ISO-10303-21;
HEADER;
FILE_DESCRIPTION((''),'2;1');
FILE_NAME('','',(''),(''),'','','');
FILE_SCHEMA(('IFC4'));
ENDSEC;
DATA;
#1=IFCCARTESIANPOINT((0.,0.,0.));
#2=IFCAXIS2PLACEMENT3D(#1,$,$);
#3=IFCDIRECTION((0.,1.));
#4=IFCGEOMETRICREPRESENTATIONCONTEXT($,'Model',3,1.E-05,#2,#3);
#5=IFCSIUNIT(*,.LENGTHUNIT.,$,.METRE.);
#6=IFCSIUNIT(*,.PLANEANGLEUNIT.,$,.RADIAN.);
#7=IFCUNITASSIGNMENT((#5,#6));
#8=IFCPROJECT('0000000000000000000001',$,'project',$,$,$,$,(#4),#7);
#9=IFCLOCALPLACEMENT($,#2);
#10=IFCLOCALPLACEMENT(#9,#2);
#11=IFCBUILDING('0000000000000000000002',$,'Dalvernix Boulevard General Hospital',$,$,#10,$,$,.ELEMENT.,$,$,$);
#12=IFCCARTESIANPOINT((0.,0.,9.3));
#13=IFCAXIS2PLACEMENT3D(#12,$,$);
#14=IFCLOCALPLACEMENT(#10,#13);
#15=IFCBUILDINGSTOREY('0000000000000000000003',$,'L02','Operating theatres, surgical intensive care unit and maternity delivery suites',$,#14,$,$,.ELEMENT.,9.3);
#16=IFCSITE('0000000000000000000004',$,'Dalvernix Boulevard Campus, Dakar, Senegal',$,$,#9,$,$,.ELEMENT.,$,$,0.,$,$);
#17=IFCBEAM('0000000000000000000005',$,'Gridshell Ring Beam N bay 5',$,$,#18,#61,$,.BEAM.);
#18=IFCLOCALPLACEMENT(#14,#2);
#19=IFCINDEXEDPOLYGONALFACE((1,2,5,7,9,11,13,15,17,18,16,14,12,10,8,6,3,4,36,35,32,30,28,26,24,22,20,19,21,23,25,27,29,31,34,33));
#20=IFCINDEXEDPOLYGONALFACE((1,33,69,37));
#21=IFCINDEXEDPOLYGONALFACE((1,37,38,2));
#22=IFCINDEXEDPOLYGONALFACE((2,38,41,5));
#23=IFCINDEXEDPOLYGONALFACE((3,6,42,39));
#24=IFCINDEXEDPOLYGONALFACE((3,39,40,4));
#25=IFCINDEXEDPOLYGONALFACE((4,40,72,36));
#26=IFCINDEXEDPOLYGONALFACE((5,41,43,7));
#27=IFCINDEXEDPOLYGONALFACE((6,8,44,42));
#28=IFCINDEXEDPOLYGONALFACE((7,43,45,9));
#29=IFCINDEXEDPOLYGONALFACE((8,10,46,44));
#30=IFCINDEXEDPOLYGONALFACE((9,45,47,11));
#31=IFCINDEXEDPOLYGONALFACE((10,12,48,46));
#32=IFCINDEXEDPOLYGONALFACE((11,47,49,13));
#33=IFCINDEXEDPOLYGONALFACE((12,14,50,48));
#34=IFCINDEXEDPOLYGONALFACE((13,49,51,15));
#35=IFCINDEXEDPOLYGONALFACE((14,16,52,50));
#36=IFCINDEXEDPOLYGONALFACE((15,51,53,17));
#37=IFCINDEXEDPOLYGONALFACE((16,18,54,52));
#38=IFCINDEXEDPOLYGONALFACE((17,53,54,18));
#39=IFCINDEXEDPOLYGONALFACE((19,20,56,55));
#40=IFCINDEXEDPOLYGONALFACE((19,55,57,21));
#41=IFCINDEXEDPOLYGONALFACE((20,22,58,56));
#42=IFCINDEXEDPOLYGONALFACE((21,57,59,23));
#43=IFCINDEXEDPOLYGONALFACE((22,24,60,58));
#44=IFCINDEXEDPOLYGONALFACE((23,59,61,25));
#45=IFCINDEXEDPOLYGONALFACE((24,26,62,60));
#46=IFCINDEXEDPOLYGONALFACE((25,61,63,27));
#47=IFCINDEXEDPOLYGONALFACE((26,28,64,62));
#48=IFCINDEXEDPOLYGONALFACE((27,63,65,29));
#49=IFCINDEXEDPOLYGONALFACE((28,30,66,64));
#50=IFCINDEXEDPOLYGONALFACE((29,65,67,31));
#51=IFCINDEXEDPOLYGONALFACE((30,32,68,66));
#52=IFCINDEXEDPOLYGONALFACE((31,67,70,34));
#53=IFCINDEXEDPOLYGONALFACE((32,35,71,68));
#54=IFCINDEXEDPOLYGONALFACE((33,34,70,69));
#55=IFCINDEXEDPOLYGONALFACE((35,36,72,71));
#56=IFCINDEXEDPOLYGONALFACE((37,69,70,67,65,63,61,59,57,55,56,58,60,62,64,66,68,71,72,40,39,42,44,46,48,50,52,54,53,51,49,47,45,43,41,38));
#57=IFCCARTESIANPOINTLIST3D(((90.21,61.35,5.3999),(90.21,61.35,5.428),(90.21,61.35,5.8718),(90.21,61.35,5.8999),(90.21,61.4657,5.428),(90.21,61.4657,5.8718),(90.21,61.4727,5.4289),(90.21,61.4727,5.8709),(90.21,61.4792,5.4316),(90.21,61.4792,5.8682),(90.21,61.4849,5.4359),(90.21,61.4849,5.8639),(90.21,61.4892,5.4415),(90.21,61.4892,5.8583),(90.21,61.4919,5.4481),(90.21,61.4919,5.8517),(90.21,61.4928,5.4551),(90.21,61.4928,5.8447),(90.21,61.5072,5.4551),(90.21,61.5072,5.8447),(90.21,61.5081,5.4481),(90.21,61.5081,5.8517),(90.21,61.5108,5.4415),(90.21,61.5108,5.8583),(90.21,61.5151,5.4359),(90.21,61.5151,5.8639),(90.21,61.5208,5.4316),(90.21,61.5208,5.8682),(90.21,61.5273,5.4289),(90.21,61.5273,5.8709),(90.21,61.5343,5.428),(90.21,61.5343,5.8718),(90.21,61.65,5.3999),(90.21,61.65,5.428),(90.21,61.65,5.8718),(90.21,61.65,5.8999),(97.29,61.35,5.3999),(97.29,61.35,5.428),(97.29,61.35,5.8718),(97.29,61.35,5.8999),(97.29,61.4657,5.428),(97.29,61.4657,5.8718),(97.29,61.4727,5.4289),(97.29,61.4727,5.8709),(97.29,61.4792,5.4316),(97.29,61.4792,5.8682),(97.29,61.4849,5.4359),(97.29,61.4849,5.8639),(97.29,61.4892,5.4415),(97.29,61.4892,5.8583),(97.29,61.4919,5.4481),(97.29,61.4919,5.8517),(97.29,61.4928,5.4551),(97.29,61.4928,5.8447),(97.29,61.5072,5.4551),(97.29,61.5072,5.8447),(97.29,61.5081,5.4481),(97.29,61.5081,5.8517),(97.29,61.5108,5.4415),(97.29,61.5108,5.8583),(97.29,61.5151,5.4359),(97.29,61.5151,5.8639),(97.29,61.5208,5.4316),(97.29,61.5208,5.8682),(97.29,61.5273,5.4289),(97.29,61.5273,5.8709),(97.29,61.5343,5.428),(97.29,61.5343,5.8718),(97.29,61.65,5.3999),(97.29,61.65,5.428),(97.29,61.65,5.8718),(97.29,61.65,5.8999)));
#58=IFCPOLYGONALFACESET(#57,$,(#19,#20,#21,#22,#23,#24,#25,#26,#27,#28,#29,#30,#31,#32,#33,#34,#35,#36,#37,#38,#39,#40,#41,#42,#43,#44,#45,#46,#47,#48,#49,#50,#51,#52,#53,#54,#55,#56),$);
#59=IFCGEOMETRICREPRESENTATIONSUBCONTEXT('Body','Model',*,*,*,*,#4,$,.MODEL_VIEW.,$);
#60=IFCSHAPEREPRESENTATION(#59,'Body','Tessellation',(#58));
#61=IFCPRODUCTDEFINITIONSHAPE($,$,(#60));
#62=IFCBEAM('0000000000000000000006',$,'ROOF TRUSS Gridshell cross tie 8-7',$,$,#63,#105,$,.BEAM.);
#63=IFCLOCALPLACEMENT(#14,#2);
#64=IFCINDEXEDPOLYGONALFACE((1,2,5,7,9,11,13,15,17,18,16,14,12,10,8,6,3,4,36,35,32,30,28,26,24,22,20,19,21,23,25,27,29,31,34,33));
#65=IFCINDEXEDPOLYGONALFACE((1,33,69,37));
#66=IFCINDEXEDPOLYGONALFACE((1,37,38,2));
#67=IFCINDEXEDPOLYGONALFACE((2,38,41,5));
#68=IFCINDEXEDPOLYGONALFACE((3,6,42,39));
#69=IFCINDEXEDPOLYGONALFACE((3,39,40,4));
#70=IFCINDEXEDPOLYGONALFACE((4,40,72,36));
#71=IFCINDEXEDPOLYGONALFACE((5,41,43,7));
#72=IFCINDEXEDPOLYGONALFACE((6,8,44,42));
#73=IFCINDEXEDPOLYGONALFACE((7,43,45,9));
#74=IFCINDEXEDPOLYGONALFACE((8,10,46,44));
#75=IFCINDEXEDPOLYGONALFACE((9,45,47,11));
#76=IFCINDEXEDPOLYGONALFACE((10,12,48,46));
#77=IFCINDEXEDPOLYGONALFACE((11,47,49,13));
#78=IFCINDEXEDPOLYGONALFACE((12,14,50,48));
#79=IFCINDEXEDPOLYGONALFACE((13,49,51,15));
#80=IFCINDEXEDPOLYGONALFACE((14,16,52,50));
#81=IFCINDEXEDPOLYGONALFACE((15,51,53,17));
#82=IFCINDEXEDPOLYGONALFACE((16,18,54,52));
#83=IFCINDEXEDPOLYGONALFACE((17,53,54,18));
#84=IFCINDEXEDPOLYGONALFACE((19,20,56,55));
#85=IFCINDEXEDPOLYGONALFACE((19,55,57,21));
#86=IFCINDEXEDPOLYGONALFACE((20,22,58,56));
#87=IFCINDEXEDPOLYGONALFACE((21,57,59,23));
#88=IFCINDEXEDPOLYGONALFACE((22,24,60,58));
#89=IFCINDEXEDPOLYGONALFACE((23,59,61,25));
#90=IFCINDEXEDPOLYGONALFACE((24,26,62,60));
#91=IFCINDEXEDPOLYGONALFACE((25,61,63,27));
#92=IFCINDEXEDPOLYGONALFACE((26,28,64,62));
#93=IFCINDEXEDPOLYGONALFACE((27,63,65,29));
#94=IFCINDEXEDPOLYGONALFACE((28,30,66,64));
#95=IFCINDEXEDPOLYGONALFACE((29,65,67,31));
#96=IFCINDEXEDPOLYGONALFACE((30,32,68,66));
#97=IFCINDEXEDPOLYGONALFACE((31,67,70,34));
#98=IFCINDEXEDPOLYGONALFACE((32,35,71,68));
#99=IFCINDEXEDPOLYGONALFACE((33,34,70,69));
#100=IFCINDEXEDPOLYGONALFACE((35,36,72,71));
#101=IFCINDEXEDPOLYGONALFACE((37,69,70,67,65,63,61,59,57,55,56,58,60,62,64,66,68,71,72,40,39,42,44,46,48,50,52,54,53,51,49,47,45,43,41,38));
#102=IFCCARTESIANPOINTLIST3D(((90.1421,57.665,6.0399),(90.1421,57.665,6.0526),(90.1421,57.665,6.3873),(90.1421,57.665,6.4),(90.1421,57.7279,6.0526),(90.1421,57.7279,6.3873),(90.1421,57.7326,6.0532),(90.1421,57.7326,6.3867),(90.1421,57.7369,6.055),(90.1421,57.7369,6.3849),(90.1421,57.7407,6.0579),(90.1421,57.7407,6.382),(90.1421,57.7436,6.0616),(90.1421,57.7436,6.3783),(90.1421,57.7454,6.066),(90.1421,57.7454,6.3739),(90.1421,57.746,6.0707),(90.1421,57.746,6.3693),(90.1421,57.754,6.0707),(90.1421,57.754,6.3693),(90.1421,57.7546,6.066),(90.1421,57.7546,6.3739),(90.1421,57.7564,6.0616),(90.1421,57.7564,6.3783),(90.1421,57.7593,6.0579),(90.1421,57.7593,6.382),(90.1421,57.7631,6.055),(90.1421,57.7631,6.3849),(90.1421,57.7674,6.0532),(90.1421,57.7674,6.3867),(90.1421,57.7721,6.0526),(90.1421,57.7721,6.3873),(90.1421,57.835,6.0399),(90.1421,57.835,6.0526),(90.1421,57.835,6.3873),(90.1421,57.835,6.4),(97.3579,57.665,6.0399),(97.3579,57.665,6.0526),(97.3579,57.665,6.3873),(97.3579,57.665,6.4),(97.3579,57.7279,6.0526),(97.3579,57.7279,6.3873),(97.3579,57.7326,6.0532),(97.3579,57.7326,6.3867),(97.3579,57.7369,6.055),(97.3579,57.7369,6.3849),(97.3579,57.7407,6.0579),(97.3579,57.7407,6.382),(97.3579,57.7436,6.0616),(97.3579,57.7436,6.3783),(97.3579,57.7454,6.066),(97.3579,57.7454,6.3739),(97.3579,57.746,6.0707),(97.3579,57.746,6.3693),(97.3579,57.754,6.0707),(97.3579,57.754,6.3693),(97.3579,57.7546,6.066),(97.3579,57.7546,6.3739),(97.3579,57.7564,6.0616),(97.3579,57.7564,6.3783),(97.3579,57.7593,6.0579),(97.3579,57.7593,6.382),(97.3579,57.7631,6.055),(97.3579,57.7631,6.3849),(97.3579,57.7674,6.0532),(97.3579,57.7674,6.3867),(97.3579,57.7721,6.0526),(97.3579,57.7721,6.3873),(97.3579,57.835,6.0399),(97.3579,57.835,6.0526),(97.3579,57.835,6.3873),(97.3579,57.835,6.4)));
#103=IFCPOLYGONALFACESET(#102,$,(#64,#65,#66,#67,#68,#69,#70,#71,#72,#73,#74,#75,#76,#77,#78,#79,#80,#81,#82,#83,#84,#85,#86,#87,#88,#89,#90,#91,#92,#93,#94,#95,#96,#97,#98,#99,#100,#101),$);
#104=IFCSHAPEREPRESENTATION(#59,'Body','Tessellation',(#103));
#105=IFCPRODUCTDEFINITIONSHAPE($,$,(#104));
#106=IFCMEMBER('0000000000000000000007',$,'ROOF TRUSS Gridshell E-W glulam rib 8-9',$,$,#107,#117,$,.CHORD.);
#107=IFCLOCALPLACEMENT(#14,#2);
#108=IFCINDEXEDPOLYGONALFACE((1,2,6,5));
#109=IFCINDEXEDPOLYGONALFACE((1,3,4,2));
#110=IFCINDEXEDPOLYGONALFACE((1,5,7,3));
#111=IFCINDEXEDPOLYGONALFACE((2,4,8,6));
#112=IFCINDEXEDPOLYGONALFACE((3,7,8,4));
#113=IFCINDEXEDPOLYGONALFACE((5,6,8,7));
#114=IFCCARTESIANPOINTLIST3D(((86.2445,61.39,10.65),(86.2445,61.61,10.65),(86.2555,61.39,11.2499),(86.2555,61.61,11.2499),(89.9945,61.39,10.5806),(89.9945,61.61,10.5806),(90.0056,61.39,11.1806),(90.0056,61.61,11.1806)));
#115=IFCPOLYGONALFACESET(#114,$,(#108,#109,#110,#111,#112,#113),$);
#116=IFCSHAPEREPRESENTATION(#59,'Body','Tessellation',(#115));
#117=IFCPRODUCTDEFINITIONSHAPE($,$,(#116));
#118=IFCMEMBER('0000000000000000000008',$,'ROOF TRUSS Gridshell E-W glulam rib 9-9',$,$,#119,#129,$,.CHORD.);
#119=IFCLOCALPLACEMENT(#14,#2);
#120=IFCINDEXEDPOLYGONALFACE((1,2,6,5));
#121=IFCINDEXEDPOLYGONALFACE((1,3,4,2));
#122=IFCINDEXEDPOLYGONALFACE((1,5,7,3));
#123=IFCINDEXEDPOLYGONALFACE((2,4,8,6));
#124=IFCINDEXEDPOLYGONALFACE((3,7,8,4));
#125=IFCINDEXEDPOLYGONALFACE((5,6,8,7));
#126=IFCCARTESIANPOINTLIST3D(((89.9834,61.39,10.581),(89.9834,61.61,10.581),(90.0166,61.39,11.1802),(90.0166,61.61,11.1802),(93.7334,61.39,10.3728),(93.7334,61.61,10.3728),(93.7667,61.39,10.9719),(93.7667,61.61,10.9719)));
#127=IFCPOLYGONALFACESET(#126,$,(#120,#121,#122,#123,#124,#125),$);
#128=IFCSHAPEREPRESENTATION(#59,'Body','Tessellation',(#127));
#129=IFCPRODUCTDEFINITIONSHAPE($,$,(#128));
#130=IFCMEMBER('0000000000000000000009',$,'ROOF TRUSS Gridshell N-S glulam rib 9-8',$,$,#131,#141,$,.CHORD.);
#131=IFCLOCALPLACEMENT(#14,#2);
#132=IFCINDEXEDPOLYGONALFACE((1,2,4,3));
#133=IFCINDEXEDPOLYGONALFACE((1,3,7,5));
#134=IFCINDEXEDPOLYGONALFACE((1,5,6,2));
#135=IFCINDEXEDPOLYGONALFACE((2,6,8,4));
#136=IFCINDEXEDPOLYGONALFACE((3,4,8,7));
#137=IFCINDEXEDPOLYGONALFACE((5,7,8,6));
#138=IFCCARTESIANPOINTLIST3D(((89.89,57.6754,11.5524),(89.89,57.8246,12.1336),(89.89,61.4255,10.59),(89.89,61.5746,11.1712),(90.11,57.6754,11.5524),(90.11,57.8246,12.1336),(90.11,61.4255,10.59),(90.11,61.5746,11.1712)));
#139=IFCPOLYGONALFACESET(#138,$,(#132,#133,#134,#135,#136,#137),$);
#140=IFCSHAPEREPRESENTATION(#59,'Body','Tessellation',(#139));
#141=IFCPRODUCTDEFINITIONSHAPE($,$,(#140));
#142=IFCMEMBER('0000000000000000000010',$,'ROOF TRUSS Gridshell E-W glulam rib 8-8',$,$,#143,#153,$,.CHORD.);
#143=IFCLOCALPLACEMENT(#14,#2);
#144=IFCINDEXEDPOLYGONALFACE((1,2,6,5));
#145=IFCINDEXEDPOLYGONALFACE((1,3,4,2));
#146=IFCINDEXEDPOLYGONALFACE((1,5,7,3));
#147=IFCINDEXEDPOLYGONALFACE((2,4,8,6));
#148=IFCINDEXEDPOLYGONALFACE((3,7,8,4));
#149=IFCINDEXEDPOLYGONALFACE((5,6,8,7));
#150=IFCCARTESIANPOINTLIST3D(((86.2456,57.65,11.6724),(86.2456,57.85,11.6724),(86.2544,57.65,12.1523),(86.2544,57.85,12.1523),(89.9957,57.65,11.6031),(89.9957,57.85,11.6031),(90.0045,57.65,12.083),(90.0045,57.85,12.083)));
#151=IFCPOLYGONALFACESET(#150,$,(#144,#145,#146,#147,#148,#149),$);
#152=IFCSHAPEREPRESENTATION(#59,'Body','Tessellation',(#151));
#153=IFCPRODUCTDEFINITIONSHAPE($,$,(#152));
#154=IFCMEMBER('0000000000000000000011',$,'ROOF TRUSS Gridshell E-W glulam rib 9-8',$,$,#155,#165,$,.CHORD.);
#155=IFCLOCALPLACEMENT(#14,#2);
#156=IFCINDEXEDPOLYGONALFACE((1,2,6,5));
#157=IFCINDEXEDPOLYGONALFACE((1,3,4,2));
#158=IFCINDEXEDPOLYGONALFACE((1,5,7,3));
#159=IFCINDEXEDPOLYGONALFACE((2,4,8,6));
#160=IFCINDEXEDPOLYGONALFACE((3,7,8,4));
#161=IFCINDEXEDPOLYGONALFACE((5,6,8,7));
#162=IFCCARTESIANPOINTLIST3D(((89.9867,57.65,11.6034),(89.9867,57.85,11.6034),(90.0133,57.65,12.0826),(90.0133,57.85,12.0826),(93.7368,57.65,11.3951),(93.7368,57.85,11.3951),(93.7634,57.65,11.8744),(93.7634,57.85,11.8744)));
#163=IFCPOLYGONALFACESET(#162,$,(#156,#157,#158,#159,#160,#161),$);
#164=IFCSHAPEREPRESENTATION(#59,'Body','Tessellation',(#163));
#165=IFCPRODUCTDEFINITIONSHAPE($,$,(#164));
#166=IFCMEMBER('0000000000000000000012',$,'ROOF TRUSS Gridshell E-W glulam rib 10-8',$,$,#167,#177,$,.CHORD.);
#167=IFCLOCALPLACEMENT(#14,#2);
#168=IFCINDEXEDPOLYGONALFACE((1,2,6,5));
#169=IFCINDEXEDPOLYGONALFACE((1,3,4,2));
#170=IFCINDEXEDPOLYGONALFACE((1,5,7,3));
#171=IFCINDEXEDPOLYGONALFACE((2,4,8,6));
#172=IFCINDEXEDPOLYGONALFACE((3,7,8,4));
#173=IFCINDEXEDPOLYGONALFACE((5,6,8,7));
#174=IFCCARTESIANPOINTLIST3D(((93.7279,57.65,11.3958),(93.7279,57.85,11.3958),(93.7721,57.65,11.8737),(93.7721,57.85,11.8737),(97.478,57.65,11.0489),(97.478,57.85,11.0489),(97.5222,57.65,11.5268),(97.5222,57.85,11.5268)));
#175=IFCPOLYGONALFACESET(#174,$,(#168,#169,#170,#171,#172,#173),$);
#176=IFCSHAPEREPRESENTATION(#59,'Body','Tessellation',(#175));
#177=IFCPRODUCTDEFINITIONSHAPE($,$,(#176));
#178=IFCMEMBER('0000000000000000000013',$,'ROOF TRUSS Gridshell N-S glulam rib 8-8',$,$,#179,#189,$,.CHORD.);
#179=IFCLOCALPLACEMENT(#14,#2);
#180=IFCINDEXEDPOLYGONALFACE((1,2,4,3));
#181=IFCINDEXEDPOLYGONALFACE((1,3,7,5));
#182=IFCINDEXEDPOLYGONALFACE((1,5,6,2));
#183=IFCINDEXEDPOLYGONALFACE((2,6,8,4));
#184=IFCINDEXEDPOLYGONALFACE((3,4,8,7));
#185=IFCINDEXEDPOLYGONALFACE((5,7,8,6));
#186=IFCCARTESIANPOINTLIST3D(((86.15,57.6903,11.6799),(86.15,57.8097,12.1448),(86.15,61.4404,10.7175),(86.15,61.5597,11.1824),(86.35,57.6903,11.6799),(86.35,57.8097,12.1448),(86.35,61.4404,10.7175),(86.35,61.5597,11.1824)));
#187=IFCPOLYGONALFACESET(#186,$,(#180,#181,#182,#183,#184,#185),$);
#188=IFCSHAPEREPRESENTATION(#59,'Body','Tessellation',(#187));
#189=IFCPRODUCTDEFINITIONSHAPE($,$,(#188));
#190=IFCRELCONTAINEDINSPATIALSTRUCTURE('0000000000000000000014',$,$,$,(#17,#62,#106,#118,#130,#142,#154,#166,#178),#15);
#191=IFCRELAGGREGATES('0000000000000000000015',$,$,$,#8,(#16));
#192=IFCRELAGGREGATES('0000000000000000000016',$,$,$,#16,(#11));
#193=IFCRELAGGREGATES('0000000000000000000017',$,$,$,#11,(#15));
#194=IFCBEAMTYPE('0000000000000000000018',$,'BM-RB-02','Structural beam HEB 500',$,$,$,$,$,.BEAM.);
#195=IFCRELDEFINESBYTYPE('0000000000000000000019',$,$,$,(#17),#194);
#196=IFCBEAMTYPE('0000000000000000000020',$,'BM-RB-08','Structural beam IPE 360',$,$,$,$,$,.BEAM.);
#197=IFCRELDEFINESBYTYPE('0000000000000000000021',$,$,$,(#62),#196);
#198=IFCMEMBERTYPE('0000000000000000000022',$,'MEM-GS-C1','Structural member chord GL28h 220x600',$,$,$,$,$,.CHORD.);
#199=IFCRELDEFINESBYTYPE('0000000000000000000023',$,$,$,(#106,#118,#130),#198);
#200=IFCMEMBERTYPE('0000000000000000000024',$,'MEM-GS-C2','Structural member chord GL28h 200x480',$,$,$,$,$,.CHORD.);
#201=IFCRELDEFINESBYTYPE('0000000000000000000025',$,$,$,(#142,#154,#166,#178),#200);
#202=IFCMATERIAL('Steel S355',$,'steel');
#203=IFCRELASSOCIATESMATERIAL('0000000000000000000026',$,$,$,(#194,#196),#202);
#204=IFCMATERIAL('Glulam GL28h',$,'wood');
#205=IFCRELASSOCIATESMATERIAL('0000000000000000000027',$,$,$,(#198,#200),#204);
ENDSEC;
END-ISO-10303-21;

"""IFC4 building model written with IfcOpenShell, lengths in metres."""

from ifc_helpers import new_model, si_unit, direction, frame, origin, origin_2d, place, context, subcontext, project, spatial, rectangle, i_section, extrude, material, material_profile, profile_set, type_object, element, save


model = new_model("IFC4")

# Units and contexts
model_context = context("Model", 3, precision=1e-05, world=origin(), true_north=direction((0.0, 1.0)))
body_context = subcontext(model_context, "Body", "Model", "MODEL_VIEW")
ifc_project = project(units=[si_unit("LENGTHUNIT", "METRE"), si_unit("PLANEANGLEUNIT", "RADIAN")], contexts=[model_context])

# Site, building, storey
site_placement = place(None, origin())
site = spatial("IfcSite", under=ifc_project, at=site_placement, Name="Dalvernix Boulevard Campus, Dakar, Senegal", CompositionType="ELEMENT", RefElevation=0.0)
building_placement = place(site_placement, origin())
building = spatial("IfcBuilding", under=site, at=building_placement, Name="Dalvernix Boulevard General Hospital", CompositionType="ELEMENT")
storey_placement = place(building_placement, frame((0.0, 0.0, 9.3)))
storey = spatial("IfcBuildingStorey", under=building, at=storey_placement, Name="L02", Description="Operating theatres, surgical intensive care unit and maternity delivery suites", CompositionType="ELEMENT", Elevation=9.3)

# Beams
ifc_material_1 = material(Name="Steel S355", Category="steel")
ifc_material_profile_1 = material_profile(ifc_material_1, i_section(OverallWidth=0.3, OverallDepth=0.5, WebThickness=0.0144, FlangeThickness=0.0281, FilletRadius=0.0271, at=origin_2d()), Name="HEB 500")
ifc_profile_set_1 = profile_set([ifc_material_profile_1], Name="Steel S355")
beam_type_1 = type_object("IfcBeamType", Name="BM-RB-02", Description="Structural beam HEB 500", PredefinedType="BEAM", material=ifc_profile_set_1)
beam_1_placement = place(storey_placement, frame((90.21, 61.5, 5.6499), z_axis=(1.0, 0.0, 0.0), x_axis=(0.0, 1.0, 0.0)))
element("IfcBeam", 1, at=beam_1_placement, inside=storey, type_object=beam_type_1, Name="Gridshell Ring Beam N bay 5", PredefinedType="BEAM", context=body_context, shape_type="SweptSolid", body=[
    extrude(i_section(OverallWidth=0.3, OverallDepth=0.5, WebThickness=0.0144, FlangeThickness=0.0281, FilletRadius=0.0271, at=origin_2d()), origin(), (0.0, 0.0, 1.0), 7.0801),
])
ifc_material_profile_2 = material_profile(ifc_material_1, i_section(OverallWidth=0.1699, OverallDepth=0.3601, WebThickness=0.0081, FlangeThickness=0.0127, FilletRadius=0.0181, at=origin_2d()), Name="IPE 360")
ifc_profile_set_2 = profile_set([ifc_material_profile_2], Name="Steel S355")
beam_type_2 = type_object("IfcBeamType", Name="BM-RB-08", Description="Structural beam IPE 360", PredefinedType="BEAM", material=ifc_profile_set_2)
beam_2_placement = place(storey_placement, frame((90.1421, 57.75, 6.22), z_axis=(1.0, 0.0, 0.0), x_axis=(0.0, 1.0, 0.0)))
element("IfcBeam", 2, at=beam_2_placement, inside=storey, type_object=beam_type_2, Name="ROOF TRUSS Gridshell cross tie 8-7", PredefinedType="BEAM", context=body_context, shape_type="SweptSolid", body=[
    extrude(i_section(OverallWidth=0.1699, OverallDepth=0.3601, WebThickness=0.0081, FlangeThickness=0.0127, FilletRadius=0.0181, at=origin_2d()), origin(), (0.0, 0.0, 1.0), 7.2158),
])

# Members
ifc_material_2 = material(Name="Glulam GL28h", Category="wood")
ifc_material_profile_3 = material_profile(ifc_material_2, rectangle(XDim=0.22, YDim=0.6001, at=origin_2d()), Name="GL28h 220x600")
ifc_profile_set_3 = profile_set([ifc_material_profile_3], Name="Glulam GL28h")
member_type_1 = type_object("IfcMemberType", Name="MEM-GS-C1", Description="Structural member chord GL28h 220x600", PredefinedType="CHORD", material=ifc_profile_set_3)
member_1_placement = place(storey_placement, frame((86.25, 61.5, 10.95), z_axis=(0.999829, 0.0, -0.018486), x_axis=(0.0, 1.0, 0.0)))
element("IfcMember", 3, at=member_1_placement, inside=storey, type_object=member_type_1, Name="ROOF TRUSS Gridshell E-W glulam rib 8-9", PredefinedType="CHORD", context=body_context, shape_type="SweptSolid", body=[
    extrude(rectangle(XDim=0.22, YDim=0.6001, at=origin_2d()), origin(), (0.0, 0.0, 1.0), 3.7507),
])
member_2_placement = place(storey_placement, frame((90.0, 61.5, 10.8806), z_axis=(0.998462, 0.0, -0.055448), x_axis=(0.0, 1.0, 0.0)))
element("IfcMember", 4, at=member_2_placement, inside=storey, type_object=member_type_1, Name="ROOF TRUSS Gridshell E-W glulam rib 9-9", PredefinedType="CHORD", context=body_context, shape_type="SweptSolid", body=[
    extrude(rectangle(XDim=0.22, YDim=0.6001, at=origin_2d()), origin(), (0.0, 0.0, 1.0), 3.7559),
])
member_3_placement = place(storey_placement, frame((90.0, 57.75, 11.843), z_axis=(0.0, 0.96861, -0.248585), x_axis=(-1.0, 0.0, 0.0)))
element("IfcMember", 5, at=member_3_placement, inside=storey, type_object=member_type_1, Name="ROOF TRUSS Gridshell N-S glulam rib 9-8", PredefinedType="CHORD", context=body_context, shape_type="SweptSolid", body=[
    extrude(rectangle(XDim=0.22, YDim=0.6001, at=origin_2d()), origin(), (0.0, 0.0, 1.0), 3.8716),
])
ifc_material_profile_4 = material_profile(ifc_material_2, rectangle(XDim=0.2, YDim=0.48, at=origin_2d()), Name="GL28h 200x480")
ifc_profile_set_4 = profile_set([ifc_material_profile_4], Name="Glulam GL28h")
member_type_2 = type_object("IfcMemberType", Name="MEM-GS-C2", Description="Structural member chord GL28h 200x480", PredefinedType="CHORD", material=ifc_profile_set_4)
member_4_placement = place(storey_placement, frame((86.25, 57.75, 11.9124), z_axis=(0.999829, 0.0, -0.018486), x_axis=(0.0, 1.0, 0.0)))
element("IfcMember", 6, at=member_4_placement, inside=storey, type_object=member_type_2, Name="ROOF TRUSS Gridshell E-W glulam rib 8-8", PredefinedType="CHORD", context=body_context, shape_type="SweptSolid", body=[
    extrude(rectangle(XDim=0.2, YDim=0.48, at=origin_2d()), origin(), (0.0, 0.0, 1.0), 3.7507),
])
member_5_placement = place(storey_placement, frame((90.0, 57.75, 11.843), z_axis=(0.998462, 0.0, -0.055448), x_axis=(0.0, 1.0, 0.0)))
element("IfcMember", 7, at=member_5_placement, inside=storey, type_object=member_type_2, Name="ROOF TRUSS Gridshell E-W glulam rib 9-8", PredefinedType="CHORD", context=body_context, shape_type="SweptSolid", body=[
    extrude(rectangle(XDim=0.2, YDim=0.48, at=origin_2d()), origin(), (0.0, 0.0, 1.0), 3.7559),
])
member_6_placement = place(storey_placement, frame((93.75, 57.75, 11.6348), z_axis=(0.995748, 0.0, -0.09212), x_axis=(0.0, 1.0, 0.0)))
element("IfcMember", 8, at=member_6_placement, inside=storey, type_object=member_type_2, Name="ROOF TRUSS Gridshell E-W glulam rib 10-8", PredefinedType="CHORD", context=body_context, shape_type="SweptSolid", body=[
    extrude(rectangle(XDim=0.2, YDim=0.48, at=origin_2d()), origin(), (0.0, 0.0, 1.0), 3.7661),
])
for number, where, z_axis, x_axis, name in (
    (9, (86.25, 57.75, 11.9124), (0.0, 0.96861, -0.248585), (-1.0, 0.0, 0.0), "ROOF TRUSS Gridshell N-S glulam rib 8-8"),
):
    element("IfcMember", number, at=place(storey_placement, frame(where, z_axis=z_axis, x_axis=x_axis)), inside=storey, type_object=member_type_2, Name=name, PredefinedType="CHORD", context=body_context, shape_type="SweptSolid", body=[
        extrude(rectangle(XDim=0.2, YDim=0.48, at=origin_2d()), origin(), (0.0, 0.0, 1.0), 3.8716),
    ])

save(model, "model.ifc")
